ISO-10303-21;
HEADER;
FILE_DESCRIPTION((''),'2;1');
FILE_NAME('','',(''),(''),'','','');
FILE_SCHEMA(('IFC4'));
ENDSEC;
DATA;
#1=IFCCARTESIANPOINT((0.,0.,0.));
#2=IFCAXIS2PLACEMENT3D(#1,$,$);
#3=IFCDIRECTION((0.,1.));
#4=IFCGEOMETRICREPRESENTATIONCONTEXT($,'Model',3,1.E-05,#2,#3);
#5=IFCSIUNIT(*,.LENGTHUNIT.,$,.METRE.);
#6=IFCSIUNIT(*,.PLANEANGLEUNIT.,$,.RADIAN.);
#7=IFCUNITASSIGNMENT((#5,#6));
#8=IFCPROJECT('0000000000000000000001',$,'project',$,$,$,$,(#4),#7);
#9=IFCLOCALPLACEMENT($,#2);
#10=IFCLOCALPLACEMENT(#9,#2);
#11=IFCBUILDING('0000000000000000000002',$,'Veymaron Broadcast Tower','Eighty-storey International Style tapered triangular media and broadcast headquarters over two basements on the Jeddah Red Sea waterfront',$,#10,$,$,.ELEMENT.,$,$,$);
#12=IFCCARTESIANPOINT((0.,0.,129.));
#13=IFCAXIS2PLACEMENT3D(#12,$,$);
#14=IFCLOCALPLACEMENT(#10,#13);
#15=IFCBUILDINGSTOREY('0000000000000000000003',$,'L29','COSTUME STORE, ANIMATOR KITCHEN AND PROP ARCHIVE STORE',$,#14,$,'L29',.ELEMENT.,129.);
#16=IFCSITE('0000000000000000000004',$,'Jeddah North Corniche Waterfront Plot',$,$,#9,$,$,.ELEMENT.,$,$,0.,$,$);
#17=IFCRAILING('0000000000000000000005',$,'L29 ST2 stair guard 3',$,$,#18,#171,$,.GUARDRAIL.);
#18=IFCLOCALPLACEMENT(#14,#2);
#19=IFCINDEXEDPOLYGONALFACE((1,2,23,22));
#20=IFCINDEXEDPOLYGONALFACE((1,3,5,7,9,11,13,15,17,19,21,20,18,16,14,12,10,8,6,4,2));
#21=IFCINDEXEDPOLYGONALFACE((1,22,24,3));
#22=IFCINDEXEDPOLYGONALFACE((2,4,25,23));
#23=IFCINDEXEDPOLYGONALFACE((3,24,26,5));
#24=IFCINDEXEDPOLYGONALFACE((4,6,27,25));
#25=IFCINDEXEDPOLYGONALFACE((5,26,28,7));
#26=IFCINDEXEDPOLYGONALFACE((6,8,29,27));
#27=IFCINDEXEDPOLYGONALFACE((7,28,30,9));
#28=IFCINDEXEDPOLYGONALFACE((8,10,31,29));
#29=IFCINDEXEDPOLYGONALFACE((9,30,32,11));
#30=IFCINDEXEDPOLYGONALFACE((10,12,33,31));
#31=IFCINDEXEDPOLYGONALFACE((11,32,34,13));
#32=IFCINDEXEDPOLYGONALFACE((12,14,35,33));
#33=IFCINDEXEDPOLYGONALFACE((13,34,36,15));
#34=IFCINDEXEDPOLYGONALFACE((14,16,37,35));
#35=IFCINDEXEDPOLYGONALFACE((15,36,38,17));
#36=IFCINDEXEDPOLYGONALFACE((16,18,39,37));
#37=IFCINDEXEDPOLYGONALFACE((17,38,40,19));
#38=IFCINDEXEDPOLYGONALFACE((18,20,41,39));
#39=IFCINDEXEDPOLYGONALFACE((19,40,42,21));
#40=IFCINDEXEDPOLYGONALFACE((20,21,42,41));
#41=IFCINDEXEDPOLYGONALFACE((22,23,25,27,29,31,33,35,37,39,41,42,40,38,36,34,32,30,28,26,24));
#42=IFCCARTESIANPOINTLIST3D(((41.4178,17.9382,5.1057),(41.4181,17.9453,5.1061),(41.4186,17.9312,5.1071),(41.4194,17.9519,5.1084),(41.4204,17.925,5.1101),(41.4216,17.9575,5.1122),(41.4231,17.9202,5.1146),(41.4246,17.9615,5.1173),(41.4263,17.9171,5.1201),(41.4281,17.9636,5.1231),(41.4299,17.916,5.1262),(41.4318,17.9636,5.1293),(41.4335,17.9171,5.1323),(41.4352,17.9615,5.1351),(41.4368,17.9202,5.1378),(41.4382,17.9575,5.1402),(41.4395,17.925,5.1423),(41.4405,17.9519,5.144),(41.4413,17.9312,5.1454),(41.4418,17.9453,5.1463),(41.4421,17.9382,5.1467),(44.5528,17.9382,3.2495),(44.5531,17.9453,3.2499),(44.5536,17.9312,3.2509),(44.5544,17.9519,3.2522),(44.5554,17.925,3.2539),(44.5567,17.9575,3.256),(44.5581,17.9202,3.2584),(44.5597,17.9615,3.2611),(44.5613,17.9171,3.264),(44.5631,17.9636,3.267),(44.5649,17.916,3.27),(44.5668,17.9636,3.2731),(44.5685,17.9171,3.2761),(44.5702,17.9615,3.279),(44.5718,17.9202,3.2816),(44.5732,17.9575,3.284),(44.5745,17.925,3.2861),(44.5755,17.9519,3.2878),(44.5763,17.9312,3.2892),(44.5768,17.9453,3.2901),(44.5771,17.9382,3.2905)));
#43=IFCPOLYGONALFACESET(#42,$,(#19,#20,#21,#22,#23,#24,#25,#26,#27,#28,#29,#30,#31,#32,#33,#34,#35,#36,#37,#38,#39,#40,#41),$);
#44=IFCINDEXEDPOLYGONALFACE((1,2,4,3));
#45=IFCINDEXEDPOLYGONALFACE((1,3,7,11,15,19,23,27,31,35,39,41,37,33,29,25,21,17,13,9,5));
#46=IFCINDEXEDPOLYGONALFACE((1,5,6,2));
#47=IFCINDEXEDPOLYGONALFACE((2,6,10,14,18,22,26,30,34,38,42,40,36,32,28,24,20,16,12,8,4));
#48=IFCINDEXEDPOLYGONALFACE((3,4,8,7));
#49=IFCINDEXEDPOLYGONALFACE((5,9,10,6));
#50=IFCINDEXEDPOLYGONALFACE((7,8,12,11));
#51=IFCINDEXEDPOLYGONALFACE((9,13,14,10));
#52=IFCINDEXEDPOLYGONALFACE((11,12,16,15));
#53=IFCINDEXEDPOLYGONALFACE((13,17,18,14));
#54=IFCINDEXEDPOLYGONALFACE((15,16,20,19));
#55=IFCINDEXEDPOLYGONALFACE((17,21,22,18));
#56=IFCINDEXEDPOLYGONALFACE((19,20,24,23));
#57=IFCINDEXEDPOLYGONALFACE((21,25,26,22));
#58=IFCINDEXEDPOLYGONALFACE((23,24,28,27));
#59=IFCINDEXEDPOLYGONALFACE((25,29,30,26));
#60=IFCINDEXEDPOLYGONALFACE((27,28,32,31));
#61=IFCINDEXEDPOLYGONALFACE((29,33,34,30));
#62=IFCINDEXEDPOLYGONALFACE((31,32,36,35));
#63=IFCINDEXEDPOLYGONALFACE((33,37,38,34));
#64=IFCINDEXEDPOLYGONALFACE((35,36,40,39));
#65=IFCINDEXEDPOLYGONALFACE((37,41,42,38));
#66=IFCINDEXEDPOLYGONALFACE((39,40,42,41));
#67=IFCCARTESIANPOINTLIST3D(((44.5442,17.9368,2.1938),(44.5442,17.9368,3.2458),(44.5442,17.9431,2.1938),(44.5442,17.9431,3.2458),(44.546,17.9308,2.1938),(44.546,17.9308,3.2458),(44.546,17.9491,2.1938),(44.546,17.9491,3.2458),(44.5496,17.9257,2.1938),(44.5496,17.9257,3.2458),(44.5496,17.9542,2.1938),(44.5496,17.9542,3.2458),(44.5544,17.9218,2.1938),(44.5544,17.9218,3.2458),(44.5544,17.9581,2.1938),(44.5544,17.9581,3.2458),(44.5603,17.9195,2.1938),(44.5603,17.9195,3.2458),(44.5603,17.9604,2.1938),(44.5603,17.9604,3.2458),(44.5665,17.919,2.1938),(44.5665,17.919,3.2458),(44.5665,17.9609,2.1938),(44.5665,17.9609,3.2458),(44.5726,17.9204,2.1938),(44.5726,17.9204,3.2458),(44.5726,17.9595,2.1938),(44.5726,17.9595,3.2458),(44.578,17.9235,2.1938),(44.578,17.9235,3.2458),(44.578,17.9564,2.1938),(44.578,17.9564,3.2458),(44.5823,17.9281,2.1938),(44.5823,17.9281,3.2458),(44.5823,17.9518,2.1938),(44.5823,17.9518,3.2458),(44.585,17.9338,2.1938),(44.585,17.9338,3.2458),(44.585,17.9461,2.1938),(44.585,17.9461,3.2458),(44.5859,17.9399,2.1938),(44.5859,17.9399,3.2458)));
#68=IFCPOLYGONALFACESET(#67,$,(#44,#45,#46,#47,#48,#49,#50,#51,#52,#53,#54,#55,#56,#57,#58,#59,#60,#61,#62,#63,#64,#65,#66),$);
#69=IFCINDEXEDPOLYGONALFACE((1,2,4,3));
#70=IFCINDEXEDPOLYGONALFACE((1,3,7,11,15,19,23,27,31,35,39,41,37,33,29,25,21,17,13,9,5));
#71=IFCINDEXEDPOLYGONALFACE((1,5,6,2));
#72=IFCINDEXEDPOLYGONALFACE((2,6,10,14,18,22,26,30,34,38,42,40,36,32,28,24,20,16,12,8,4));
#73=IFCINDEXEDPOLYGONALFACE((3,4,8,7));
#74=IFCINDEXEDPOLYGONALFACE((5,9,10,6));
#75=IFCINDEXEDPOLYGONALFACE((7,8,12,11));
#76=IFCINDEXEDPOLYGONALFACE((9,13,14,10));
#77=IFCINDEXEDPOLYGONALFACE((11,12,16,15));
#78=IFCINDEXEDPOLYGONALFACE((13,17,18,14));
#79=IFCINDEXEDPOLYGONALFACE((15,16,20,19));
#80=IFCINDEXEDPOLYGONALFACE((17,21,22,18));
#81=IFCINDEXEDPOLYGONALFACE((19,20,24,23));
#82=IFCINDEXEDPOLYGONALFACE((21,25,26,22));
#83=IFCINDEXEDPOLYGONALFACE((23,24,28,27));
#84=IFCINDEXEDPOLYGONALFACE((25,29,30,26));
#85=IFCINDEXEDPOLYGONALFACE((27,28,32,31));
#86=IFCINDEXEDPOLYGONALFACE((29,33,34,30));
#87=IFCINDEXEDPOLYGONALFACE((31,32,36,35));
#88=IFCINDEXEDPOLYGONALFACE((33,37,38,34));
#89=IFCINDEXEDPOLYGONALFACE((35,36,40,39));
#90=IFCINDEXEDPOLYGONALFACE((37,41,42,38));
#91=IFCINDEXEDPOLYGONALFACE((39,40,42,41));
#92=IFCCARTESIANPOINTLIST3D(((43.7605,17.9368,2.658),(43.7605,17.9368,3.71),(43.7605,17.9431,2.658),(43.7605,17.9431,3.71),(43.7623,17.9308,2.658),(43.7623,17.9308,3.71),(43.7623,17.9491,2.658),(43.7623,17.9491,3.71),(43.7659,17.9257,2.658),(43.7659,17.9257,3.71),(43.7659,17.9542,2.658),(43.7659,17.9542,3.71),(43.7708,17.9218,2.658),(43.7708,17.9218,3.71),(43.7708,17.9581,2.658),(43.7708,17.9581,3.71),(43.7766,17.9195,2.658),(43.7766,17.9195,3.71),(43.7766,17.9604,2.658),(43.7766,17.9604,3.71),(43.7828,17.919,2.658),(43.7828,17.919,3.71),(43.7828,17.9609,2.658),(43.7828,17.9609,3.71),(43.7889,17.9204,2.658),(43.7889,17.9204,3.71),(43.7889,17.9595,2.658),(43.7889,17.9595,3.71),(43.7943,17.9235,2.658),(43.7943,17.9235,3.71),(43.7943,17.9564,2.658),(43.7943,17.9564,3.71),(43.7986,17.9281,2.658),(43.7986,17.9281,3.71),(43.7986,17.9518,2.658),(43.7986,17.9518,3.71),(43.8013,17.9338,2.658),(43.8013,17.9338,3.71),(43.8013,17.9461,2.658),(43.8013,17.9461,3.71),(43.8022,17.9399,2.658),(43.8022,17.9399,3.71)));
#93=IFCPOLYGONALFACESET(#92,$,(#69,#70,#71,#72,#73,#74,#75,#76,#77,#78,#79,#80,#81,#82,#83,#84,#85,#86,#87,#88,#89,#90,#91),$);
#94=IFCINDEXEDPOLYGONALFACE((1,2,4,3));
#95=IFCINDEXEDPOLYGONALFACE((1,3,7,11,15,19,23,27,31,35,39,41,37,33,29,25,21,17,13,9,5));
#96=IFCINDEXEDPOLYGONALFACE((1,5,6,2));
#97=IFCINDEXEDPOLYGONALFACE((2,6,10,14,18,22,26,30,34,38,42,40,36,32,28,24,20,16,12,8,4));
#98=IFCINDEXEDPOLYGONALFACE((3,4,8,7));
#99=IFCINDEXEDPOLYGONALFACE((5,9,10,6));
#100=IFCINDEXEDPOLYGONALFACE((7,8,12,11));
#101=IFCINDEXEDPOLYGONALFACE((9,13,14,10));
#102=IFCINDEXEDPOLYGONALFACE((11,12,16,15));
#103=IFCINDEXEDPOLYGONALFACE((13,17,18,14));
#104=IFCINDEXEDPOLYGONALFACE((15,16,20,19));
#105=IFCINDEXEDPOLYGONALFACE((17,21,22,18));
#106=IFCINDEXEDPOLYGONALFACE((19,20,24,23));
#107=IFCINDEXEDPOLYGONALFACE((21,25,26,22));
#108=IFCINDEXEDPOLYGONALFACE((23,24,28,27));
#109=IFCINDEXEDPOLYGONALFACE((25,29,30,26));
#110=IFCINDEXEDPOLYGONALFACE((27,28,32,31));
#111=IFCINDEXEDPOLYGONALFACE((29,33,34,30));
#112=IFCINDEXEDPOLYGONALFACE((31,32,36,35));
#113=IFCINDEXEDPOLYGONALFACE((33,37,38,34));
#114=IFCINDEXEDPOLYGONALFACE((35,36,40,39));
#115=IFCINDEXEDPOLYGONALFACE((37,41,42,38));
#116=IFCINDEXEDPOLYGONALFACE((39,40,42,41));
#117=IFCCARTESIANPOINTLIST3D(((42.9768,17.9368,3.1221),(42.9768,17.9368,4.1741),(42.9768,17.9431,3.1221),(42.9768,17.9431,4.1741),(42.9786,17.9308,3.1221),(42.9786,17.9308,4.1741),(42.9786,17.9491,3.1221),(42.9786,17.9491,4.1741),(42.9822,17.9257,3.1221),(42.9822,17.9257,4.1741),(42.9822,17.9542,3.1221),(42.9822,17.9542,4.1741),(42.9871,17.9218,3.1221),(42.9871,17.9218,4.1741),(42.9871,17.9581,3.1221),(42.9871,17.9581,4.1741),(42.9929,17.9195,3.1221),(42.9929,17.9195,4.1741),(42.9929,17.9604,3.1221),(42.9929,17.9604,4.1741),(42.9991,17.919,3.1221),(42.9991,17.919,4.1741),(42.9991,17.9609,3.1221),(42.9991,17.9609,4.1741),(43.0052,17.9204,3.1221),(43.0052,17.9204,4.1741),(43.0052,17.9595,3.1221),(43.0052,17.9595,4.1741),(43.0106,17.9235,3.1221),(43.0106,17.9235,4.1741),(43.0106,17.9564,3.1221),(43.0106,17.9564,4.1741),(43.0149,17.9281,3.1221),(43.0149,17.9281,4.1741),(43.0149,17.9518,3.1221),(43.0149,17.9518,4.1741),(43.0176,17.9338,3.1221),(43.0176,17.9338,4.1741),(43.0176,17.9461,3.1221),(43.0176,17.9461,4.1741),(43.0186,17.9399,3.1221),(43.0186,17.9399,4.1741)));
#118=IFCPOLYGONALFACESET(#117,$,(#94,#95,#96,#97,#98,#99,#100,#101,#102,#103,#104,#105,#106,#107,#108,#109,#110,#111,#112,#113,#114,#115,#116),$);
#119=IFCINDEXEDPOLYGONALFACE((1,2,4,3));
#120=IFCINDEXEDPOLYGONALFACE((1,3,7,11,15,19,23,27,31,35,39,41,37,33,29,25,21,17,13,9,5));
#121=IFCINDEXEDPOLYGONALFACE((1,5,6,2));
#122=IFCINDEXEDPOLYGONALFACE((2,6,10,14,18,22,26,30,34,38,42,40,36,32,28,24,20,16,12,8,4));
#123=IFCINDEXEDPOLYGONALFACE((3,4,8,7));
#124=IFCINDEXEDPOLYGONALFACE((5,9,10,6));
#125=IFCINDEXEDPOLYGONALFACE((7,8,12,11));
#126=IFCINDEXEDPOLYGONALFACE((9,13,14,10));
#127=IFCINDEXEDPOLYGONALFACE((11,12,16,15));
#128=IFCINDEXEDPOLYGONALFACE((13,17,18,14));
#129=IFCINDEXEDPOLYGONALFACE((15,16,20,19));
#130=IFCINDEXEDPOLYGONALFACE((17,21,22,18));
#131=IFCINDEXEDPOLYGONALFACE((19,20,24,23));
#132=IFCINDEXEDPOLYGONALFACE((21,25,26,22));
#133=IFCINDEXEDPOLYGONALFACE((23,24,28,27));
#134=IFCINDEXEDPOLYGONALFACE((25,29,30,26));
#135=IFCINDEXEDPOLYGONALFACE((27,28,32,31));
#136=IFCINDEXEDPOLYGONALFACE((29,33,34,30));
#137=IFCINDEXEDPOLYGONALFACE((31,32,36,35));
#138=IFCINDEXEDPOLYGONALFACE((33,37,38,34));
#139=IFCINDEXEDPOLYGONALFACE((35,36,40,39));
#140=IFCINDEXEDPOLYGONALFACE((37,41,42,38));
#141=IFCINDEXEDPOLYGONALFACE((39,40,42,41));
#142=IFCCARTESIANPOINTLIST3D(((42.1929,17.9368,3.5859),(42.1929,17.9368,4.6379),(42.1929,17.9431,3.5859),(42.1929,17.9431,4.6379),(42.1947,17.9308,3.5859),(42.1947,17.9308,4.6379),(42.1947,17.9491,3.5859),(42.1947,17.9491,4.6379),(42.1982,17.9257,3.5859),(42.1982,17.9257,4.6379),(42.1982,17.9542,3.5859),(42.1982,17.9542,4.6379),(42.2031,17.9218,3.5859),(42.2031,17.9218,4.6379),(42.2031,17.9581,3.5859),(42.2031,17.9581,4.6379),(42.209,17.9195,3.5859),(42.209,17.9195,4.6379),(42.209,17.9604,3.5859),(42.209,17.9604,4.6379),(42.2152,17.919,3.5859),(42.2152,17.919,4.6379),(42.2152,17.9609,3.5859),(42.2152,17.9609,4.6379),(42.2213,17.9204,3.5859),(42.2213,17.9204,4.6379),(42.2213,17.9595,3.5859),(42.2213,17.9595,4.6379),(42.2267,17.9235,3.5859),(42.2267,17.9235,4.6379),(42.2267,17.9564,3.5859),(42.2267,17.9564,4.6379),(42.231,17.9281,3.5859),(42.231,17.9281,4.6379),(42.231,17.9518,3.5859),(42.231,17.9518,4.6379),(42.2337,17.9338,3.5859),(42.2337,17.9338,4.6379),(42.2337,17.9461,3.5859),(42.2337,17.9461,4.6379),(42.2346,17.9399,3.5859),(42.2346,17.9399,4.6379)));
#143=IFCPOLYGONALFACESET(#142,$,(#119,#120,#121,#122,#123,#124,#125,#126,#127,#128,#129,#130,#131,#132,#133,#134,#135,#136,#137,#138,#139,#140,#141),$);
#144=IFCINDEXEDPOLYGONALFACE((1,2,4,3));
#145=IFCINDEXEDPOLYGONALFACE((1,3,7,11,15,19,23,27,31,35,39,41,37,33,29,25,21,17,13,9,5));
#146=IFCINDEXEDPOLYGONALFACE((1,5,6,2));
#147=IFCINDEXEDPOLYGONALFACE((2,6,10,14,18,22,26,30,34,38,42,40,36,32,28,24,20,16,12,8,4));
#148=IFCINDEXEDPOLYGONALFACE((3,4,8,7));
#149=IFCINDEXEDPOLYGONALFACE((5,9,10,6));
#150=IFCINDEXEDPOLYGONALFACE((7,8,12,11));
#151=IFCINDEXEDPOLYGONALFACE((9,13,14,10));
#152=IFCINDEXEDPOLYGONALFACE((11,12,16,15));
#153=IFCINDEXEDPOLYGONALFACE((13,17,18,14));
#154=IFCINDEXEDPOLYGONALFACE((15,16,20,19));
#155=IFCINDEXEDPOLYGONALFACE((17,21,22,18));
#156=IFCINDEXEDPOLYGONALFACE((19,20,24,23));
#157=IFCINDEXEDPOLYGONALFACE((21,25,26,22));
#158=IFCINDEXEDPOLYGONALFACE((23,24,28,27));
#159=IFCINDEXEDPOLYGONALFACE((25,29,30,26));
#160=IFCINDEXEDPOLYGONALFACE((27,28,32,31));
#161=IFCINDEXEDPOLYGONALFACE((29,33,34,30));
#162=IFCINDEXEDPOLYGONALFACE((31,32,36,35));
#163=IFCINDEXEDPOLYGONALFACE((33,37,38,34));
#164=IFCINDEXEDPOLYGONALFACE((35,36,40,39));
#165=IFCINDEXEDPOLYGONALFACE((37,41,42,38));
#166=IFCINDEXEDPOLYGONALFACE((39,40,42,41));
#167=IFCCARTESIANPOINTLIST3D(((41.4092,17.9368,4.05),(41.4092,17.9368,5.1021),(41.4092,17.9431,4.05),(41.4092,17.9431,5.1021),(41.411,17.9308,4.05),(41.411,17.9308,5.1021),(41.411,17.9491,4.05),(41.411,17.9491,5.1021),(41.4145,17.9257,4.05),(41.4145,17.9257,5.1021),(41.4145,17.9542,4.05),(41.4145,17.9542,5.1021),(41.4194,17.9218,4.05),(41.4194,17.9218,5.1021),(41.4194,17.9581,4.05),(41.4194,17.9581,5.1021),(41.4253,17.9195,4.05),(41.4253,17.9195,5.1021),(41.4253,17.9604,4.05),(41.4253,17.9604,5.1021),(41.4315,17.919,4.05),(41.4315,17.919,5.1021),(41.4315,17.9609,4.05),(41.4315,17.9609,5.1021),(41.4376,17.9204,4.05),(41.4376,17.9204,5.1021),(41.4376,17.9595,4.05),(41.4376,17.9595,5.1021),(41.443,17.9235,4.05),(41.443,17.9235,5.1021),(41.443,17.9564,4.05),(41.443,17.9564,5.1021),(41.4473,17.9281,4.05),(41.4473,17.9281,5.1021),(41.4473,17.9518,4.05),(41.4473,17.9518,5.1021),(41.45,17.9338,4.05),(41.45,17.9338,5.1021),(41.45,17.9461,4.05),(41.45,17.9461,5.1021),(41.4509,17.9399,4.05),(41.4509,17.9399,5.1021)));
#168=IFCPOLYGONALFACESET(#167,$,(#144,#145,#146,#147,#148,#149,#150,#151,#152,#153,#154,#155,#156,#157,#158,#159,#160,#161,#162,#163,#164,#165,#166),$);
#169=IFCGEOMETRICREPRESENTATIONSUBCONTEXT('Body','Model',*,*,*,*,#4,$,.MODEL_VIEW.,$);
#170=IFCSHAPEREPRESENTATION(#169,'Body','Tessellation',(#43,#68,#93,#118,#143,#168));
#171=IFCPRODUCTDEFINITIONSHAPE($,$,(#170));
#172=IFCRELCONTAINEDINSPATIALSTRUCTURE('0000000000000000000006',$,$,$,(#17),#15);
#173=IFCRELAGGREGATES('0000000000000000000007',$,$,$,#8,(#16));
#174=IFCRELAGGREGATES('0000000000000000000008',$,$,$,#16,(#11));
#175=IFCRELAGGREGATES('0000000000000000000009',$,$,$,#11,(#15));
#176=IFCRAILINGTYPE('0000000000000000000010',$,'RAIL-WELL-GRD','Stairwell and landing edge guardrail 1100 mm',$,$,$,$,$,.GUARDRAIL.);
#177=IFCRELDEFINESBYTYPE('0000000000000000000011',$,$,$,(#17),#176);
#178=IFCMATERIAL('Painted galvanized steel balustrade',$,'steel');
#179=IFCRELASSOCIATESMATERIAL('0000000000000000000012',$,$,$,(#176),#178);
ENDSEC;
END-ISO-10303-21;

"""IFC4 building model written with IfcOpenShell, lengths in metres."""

from ifc_helpers import new_model, si_unit, direction, frame, origin, origin_2d, place, context, subcontext, project, spatial, circle, extrude, material, type_object, element, save


model = new_model("IFC4")

# Units and contexts
model_context = context("Model", 3, precision=1e-05, world=origin(), true_north=direction((0.0, 1.0)))
body_context = subcontext(model_context, "Body", "Model", "MODEL_VIEW")
ifc_project = project(units=[si_unit("LENGTHUNIT", "METRE"), si_unit("PLANEANGLEUNIT", "RADIAN")], contexts=[model_context])

# Site, building, storey
site_placement = place(None, origin())
site = spatial("IfcSite", under=ifc_project, at=site_placement, Name="Jeddah North Corniche Waterfront Plot", CompositionType="ELEMENT", RefElevation=0.0)
building_placement = place(site_placement, origin())
building = spatial("IfcBuilding", under=site, at=building_placement, Name="Veymaron Broadcast Tower", Description="Eighty-storey International Style tapered triangular media and broadcast headquarters over two basements on the Jeddah Red Sea waterfront", CompositionType="ELEMENT")
storey_placement = place(building_placement, frame((0.0, 0.0, 129.0)))
storey = spatial("IfcBuildingStorey", under=building, at=storey_placement, Name="L29", Description="COSTUME STORE, ANIMATOR KITCHEN AND PROP ARCHIVE STORE", LongName="L29", CompositionType="ELEMENT", Elevation=129.0)

# Railing
ifc_material_1 = material(Name="Painted galvanized steel balustrade", Category="steel")
railing_type_1 = type_object("IfcRailingType", Name="RAIL-WELL-GRD", Description="Stairwell and landing edge guardrail 1100 mm", PredefinedType="GUARDRAIL", material=ifc_material_1)
railing_1_placement = place(storey_placement, frame((44.5649, 17.9399, 2.1938)))
element("IfcRailing", 1, at=railing_1_placement, inside=storey, type_object=railing_type_1, Name="L29 ST2 stair guard 3", PredefinedType="GUARDRAIL", context=body_context, shape_type="SweptSolid", body=[
    extrude(circle(Radius=0.0239, at=origin_2d()), frame((0.0, 0.0, 1.0762), z_axis=(-0.860482, 0.0, 0.509481), x_axis=(0.0, -1.0, 0.0)), (0.0, 0.0, 1.0), 3.6433),
    extrude(circle(Radius=0.021, at=origin_2d()), origin(), (0.0, 0.0, 1.0), 1.052),
    extrude(circle(Radius=0.021, at=origin_2d()), frame((-0.7837, 0.0, 0.4641)), (0.0, 0.0, 1.0), 1.052),
    extrude(circle(Radius=0.021, at=origin_2d()), frame((-1.5674, 0.0, 0.9282)), (0.0, 0.0, 1.0), 1.052),
    extrude(circle(Radius=0.021, at=origin_2d()), frame((-2.3513, 0.0, 1.3921)), (0.0, 0.0, 1.0), 1.052),
    extrude(circle(Radius=0.021, at=origin_2d()), frame((-3.135, 0.0, 1.8562)), (0.0, 0.0, 1.0), 1.052),
])

save(model, "model.ifc")
